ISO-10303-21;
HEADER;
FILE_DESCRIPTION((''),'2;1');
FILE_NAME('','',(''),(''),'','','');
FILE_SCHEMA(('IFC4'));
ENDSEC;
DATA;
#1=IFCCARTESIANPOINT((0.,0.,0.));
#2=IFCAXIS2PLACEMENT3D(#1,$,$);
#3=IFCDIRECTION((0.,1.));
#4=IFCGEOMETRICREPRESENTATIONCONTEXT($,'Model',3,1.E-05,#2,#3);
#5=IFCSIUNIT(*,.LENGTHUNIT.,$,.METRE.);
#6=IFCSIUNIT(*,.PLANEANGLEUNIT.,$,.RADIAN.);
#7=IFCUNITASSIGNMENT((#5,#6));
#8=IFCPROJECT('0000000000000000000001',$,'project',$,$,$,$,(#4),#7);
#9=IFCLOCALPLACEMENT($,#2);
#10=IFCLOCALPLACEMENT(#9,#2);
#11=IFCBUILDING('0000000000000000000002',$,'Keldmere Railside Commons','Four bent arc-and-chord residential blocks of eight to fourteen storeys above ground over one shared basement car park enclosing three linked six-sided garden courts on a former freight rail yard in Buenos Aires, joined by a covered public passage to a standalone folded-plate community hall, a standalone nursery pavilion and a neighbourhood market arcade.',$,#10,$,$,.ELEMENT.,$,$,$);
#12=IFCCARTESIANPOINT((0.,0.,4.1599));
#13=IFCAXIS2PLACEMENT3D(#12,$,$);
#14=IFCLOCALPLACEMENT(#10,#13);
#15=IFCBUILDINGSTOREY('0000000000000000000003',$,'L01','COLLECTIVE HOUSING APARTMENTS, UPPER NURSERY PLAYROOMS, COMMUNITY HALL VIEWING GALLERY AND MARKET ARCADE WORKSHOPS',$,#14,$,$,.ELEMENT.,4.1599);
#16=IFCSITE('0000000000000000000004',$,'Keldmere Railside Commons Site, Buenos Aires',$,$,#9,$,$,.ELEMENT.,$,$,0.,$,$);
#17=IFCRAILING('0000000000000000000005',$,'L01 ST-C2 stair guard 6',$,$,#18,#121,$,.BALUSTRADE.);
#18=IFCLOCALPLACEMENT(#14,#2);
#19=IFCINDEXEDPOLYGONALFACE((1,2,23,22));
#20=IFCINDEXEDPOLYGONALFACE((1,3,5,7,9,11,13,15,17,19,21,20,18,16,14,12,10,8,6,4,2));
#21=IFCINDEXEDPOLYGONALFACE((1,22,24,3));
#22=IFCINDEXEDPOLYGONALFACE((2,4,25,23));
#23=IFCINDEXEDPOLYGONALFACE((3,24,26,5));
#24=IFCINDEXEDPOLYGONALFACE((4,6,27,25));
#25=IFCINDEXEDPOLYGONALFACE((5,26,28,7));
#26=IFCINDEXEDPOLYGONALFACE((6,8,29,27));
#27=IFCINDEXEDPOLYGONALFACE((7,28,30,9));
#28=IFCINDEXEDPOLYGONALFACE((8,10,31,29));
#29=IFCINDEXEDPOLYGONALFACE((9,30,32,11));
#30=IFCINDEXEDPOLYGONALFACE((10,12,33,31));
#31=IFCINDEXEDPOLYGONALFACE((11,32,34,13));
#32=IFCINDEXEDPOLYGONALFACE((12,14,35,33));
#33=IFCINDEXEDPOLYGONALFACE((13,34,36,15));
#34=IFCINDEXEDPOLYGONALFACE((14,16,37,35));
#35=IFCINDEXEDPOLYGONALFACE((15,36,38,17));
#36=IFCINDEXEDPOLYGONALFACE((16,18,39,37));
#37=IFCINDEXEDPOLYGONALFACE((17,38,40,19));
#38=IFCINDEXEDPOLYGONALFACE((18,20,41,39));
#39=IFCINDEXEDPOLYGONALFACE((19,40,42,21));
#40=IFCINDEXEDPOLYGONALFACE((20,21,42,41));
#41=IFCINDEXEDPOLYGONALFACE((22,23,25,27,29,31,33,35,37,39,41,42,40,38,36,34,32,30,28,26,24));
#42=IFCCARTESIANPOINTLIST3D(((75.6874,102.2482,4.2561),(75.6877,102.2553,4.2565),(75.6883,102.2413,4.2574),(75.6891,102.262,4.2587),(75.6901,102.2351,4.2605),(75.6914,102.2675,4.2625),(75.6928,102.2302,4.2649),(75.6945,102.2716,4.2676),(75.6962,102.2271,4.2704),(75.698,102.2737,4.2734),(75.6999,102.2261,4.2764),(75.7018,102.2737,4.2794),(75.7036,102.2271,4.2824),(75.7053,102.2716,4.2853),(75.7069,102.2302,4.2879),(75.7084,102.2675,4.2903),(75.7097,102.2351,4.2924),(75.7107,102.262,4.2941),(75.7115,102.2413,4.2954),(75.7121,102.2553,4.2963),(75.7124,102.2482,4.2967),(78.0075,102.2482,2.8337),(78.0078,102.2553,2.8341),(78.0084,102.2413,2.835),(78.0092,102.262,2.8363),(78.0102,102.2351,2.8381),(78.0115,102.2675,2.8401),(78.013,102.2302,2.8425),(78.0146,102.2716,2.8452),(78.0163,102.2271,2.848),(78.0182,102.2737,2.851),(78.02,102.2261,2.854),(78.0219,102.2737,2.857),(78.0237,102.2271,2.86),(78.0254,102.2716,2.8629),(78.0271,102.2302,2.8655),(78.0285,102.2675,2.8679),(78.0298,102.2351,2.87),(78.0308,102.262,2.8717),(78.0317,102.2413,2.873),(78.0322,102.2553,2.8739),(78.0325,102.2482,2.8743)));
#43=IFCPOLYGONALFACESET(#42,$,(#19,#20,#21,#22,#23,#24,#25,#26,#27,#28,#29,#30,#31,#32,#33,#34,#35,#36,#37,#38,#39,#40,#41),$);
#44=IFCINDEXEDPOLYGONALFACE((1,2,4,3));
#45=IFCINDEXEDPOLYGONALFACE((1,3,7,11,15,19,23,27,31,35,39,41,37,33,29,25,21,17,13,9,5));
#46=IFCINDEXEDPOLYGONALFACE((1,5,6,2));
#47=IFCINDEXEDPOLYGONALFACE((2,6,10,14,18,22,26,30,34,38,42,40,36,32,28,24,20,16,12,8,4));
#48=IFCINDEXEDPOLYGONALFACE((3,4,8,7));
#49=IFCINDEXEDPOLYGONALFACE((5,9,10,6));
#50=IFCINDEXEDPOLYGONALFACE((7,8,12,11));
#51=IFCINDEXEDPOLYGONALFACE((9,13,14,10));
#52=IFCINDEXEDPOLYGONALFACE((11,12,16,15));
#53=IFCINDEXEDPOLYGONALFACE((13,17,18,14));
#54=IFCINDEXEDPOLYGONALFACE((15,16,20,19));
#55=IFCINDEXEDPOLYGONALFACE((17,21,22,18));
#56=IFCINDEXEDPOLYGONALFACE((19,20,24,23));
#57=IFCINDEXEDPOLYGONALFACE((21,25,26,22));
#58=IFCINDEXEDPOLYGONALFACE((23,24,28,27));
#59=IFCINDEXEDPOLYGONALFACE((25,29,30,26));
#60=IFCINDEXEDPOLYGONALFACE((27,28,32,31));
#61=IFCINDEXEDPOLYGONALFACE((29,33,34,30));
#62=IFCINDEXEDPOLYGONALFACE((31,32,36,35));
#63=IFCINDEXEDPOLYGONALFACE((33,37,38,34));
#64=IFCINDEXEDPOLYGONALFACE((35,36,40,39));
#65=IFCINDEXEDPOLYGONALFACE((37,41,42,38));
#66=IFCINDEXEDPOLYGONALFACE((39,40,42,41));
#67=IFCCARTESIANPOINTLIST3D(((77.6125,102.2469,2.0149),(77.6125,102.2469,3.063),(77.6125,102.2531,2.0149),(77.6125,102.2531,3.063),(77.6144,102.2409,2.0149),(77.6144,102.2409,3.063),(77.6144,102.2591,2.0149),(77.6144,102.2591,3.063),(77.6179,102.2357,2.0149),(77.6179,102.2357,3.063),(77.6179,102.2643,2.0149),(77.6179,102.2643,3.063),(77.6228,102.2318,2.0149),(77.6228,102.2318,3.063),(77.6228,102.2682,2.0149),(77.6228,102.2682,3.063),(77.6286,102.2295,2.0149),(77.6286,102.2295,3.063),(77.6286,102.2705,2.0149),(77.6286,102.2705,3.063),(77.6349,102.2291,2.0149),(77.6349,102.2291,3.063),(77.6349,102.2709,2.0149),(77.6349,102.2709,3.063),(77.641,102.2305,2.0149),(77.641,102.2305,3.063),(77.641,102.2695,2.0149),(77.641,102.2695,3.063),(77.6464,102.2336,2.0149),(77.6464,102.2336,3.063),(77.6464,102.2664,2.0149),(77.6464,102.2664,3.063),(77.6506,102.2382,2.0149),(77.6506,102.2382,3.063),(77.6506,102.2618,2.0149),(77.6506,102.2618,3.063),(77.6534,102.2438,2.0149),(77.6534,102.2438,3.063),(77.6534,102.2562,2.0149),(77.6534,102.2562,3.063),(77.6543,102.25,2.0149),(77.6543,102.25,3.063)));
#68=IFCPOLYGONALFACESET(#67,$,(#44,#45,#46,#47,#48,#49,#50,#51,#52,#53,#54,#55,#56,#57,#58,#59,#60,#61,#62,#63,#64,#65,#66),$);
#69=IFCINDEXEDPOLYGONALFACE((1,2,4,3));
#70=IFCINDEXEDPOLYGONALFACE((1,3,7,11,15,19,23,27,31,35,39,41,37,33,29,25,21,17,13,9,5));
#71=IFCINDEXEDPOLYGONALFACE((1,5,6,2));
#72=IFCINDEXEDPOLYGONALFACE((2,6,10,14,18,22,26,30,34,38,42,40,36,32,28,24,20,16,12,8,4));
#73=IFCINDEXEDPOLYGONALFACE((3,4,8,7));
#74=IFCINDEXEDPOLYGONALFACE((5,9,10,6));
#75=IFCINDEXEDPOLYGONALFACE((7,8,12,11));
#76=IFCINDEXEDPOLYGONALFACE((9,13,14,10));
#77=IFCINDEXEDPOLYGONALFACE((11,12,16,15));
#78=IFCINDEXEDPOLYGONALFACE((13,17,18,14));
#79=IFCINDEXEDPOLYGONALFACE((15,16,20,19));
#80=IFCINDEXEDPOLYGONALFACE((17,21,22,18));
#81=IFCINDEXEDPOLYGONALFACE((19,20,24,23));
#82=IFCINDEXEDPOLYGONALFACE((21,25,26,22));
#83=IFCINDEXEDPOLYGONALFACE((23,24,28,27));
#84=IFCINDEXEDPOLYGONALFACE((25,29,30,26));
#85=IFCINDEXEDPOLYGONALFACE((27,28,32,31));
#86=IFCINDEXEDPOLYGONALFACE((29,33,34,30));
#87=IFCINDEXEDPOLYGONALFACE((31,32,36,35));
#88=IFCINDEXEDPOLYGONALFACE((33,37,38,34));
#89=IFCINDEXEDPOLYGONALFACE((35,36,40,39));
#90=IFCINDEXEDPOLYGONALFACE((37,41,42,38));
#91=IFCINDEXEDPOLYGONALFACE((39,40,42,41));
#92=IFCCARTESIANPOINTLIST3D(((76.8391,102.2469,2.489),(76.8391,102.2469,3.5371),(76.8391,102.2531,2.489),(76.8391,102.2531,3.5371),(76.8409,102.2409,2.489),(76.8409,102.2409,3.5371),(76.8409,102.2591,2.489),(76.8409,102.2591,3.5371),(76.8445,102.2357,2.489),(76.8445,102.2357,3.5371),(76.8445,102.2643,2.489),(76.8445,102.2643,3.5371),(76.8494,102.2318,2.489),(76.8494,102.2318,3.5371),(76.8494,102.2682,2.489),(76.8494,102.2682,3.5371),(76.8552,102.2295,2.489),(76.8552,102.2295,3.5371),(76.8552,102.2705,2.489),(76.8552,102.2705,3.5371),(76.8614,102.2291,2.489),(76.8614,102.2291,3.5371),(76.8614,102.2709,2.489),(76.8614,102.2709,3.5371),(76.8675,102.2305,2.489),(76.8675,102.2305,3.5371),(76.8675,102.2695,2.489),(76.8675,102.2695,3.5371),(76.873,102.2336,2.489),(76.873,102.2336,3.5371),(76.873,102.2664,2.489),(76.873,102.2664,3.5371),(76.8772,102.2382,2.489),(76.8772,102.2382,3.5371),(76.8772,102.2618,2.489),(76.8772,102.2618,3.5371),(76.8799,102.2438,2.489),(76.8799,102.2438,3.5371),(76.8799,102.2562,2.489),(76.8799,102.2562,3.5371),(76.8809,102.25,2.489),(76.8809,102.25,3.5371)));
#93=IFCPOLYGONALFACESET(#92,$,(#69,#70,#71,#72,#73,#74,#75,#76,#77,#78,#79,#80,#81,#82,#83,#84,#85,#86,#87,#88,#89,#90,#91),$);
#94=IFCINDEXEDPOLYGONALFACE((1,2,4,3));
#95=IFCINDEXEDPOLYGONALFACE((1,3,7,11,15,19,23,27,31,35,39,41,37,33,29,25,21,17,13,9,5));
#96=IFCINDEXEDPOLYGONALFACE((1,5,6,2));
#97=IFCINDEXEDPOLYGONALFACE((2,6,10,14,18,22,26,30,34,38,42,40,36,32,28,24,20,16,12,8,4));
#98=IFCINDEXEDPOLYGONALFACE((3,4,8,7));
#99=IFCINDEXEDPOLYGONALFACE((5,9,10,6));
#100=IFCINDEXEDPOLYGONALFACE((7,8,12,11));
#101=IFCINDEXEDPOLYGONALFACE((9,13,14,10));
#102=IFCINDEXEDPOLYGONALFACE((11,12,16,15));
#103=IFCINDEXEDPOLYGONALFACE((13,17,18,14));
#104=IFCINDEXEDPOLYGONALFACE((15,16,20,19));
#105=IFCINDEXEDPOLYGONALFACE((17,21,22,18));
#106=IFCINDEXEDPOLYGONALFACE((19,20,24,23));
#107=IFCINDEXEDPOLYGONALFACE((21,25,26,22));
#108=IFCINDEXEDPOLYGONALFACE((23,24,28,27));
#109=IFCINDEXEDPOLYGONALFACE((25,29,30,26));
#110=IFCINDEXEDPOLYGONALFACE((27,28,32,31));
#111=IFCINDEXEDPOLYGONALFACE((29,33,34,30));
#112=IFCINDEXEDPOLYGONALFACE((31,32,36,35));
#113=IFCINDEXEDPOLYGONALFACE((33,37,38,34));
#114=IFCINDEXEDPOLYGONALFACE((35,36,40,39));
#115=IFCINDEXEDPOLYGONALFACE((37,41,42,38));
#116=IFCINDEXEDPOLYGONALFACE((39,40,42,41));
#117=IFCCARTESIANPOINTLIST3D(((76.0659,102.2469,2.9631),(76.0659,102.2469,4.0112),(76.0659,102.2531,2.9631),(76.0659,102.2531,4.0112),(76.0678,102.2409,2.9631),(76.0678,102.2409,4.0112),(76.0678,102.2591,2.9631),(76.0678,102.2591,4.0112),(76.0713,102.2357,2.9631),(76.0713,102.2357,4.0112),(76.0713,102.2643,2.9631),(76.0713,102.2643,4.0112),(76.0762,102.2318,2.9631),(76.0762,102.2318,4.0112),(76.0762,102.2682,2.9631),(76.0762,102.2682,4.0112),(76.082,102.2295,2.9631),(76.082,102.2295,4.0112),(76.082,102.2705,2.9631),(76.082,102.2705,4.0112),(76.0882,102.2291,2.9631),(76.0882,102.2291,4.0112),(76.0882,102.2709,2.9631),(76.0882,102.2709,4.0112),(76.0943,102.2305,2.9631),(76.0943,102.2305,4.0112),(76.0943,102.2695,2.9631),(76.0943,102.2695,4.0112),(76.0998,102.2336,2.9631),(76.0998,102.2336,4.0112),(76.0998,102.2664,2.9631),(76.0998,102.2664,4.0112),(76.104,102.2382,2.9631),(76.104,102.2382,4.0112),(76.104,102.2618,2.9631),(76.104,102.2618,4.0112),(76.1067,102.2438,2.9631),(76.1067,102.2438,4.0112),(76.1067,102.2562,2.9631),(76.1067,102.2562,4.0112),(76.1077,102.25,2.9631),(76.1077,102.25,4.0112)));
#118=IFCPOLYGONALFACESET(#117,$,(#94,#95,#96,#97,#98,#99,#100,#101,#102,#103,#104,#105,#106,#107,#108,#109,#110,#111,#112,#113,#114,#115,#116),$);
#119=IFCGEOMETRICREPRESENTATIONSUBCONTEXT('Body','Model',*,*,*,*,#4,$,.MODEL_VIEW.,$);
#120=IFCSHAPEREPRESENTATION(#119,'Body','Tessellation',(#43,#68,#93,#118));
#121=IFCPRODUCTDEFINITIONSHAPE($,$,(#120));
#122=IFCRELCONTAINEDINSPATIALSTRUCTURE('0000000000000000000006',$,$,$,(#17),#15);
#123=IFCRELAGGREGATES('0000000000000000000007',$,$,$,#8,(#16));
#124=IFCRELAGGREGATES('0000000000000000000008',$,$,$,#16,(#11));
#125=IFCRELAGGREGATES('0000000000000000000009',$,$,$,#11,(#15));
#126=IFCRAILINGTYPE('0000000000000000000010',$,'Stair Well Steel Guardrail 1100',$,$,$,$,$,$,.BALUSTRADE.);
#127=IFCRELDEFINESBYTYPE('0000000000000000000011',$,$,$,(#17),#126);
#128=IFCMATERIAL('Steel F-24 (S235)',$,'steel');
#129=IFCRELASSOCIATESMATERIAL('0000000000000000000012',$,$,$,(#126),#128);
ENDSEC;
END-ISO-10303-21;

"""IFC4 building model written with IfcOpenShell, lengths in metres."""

from ifc_helpers import new_model, si_unit, direction, frame, origin, origin_2d, place, context, subcontext, project, spatial, circle, extrude, material, type_object, element, save


model = new_model("IFC4")

# Units and contexts
model_context = context("Model", 3, precision=1e-05, world=origin(), true_north=direction((0.0, 1.0)))
body_context = subcontext(model_context, "Body", "Model", "MODEL_VIEW")
ifc_project = project(units=[si_unit("LENGTHUNIT", "METRE"), si_unit("PLANEANGLEUNIT", "RADIAN")], contexts=[model_context])

# Site, building, storey
site_placement = place(None, origin())
site = spatial("IfcSite", under=ifc_project, at=site_placement, Name="Keldmere Railside Commons Site, Buenos Aires", CompositionType="ELEMENT", RefElevation=0.0)
building_placement = place(site_placement, origin())
building = spatial("IfcBuilding", under=site, at=building_placement, Name="Keldmere Railside Commons", Description="Four bent arc-and-chord residential blocks of eight to fourteen storeys above ground over one shared basement car park enclosing three linked six-sided garden courts on a former freight rail yard in Buenos Aires, joined by a covered public passage to a standalone folded-plate community hall, a standalone nursery pavilion and a neighbourhood market arcade.", CompositionType="ELEMENT")
storey_placement = place(building_placement, frame((0.0, 0.0, 4.1599)))
storey = spatial("IfcBuildingStorey", under=building, at=storey_placement, Name="L01", Description="COLLECTIVE HOUSING APARTMENTS, UPPER NURSERY PLAYROOMS, COMMUNITY HALL VIEWING GALLERY AND MARKET ARCADE WORKSHOPS", CompositionType="ELEMENT", Elevation=4.1599)

# Railing
ifc_material_1 = material(Name="Steel F-24 (S235)", Category="steel")
railing_type_1 = type_object("IfcRailingType", Name="Stair Well Steel Guardrail 1100", PredefinedType="BALUSTRADE", material=ifc_material_1)
railing_1_placement = place(storey_placement, frame((78.02, 102.25, 1.7778)))
element("IfcRailing", 1, at=railing_1_placement, inside=storey, type_object=railing_type_1, Name="L01 ST-C2 stair guard 6", PredefinedType="BALUSTRADE", context=body_context, shape_type="SweptSolid", body=[
    extrude(circle(Radius=0.0239, at=origin_2d()), frame((0.0, 0.0, 1.0762), z_axis=(-0.852538, 0.0, 0.522665), x_axis=(0.0, -1.0, 0.0)), (0.0, 0.0, 1.0), 2.7214),
    extrude(circle(Radius=0.021, at=origin_2d()), frame((-0.3867, 0.0, 0.2371)), (0.0, 0.0, 1.0), 1.0481),
    extrude(circle(Radius=0.021, at=origin_2d()), frame((-1.1602, 0.0, 0.7112)), (0.0, 0.0, 1.0), 1.0481),
    extrude(circle(Radius=0.021, at=origin_2d()), frame((-1.9333, 0.0, 1.1853)), (0.0, 0.0, 1.0), 1.0481),
])

save(model, "model.ifc")
